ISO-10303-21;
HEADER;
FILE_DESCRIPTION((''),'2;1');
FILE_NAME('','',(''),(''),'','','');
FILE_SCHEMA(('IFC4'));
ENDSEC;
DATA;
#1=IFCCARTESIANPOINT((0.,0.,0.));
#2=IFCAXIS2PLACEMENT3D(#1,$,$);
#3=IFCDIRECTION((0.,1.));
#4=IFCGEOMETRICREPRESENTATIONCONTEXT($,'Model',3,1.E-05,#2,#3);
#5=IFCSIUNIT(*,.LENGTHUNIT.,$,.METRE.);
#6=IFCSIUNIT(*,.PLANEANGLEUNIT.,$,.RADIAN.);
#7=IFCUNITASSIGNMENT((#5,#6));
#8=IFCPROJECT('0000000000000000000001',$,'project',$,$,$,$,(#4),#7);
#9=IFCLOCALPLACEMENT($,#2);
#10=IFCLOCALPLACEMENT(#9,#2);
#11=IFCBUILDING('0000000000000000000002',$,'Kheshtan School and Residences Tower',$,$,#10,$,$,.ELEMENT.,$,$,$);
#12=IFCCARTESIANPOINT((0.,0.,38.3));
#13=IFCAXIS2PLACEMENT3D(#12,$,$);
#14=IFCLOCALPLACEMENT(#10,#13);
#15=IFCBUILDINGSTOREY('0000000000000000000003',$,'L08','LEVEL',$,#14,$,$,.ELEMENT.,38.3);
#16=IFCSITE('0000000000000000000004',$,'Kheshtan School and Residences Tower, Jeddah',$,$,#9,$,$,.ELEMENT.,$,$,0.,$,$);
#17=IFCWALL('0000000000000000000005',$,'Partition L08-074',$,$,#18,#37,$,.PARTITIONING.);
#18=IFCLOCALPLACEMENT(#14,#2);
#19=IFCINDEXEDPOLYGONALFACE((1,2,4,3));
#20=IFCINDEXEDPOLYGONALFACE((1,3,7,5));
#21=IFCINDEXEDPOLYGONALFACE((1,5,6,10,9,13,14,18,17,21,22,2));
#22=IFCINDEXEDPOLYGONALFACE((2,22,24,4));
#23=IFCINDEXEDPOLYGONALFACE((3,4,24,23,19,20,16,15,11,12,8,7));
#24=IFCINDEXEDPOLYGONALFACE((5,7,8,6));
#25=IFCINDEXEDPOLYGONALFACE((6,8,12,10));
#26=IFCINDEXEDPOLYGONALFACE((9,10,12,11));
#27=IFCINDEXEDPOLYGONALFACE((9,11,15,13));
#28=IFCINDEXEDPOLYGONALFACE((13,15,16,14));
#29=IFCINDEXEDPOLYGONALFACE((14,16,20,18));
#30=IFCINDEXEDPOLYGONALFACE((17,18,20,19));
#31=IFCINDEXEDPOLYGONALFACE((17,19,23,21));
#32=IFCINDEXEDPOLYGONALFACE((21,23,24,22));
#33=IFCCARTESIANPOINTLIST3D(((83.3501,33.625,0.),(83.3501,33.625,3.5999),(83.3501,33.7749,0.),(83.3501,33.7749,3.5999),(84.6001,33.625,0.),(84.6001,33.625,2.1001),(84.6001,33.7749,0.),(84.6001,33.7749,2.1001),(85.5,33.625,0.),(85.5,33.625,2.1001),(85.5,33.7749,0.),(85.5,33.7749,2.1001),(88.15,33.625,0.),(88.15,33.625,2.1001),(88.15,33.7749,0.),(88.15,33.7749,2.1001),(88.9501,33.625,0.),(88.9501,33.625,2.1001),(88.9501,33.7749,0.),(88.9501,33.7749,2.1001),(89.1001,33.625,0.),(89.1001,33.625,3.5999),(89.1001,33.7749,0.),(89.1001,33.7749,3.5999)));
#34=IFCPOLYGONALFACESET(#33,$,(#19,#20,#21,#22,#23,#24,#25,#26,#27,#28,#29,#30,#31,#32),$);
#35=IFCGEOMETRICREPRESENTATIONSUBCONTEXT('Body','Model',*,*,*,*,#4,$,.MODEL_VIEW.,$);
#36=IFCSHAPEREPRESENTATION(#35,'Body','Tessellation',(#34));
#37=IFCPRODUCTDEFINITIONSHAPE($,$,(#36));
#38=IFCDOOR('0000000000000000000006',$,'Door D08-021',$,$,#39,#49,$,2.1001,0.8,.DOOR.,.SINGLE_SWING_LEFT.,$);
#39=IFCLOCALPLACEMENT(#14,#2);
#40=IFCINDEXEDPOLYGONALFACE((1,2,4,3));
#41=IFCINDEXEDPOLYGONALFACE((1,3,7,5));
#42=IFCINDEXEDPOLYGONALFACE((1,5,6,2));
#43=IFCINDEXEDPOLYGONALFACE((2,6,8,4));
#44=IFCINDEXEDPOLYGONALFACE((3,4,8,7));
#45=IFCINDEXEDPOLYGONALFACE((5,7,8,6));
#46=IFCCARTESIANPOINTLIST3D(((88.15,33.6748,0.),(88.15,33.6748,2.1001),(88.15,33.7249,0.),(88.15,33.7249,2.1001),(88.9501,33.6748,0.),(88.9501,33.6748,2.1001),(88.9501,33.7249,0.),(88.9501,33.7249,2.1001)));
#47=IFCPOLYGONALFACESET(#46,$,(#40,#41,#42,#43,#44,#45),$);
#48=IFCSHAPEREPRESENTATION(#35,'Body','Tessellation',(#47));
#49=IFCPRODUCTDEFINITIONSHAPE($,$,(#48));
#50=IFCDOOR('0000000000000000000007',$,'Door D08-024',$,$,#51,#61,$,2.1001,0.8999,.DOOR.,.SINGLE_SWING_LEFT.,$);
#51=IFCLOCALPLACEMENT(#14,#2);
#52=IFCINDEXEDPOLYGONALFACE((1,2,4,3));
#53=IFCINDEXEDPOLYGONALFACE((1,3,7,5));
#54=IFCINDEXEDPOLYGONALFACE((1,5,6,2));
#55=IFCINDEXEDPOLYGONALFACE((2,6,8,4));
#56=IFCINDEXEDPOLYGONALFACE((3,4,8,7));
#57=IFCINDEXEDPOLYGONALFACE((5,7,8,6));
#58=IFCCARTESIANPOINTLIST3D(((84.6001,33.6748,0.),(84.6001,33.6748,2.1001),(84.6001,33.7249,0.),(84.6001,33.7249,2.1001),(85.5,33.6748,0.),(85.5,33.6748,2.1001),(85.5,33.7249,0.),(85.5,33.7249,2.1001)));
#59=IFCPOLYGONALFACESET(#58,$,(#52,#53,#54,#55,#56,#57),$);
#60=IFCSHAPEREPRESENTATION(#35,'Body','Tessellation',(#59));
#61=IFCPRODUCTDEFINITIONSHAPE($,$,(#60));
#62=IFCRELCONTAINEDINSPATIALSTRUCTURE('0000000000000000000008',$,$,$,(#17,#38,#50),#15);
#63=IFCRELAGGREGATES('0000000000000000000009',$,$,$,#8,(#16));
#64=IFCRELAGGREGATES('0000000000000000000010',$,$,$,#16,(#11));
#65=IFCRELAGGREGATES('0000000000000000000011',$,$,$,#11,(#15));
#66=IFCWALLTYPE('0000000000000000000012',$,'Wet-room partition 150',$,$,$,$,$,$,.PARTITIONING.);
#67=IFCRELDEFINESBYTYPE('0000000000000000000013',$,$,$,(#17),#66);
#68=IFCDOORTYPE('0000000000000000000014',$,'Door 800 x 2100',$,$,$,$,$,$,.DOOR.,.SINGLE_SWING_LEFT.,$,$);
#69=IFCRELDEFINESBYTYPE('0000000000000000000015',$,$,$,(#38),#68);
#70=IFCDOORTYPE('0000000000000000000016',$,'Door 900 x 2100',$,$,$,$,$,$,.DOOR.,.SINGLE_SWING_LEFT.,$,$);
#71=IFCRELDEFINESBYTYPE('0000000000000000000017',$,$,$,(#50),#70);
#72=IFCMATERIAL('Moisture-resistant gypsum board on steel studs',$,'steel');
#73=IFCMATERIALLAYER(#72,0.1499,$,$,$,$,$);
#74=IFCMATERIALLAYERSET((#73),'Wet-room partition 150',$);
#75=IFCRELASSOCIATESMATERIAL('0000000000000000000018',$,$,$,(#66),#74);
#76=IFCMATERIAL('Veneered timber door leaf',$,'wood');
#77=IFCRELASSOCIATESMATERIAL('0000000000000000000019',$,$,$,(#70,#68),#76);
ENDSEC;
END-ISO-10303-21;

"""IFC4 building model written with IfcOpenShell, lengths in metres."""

from ifc_helpers import new_model, si_unit, direction, frame, frame_2d, origin, place, context, subcontext, project, spatial, rectangle, extrude, source, transform, mapped, material, layer, layer_set, type_object, element, fill, save


model = new_model("IFC4")

# Units and contexts
model_context = context("Model", 3, precision=1e-05, world=origin(), true_north=direction((0.0, 1.0)))
body_context = subcontext(model_context, "Body", "Model", "MODEL_VIEW")
ifc_project = project(units=[si_unit("LENGTHUNIT", "METRE"), si_unit("PLANEANGLEUNIT", "RADIAN")], contexts=[model_context])

# Site, building, storey
site_placement = place(None, origin())
site = spatial("IfcSite", under=ifc_project, at=site_placement, Name="Kheshtan School and Residences Tower, Jeddah", CompositionType="ELEMENT", RefElevation=0.0)
building_placement = place(site_placement, origin())
building = spatial("IfcBuilding", under=site, at=building_placement, Name="Kheshtan School and Residences Tower", CompositionType="ELEMENT")
storey_placement = place(building_placement, frame((0.0, 0.0, 38.3)))
storey = spatial("IfcBuildingStorey", under=building, at=storey_placement, Name="L08", Description="LEVEL", CompositionType="ELEMENT", Elevation=38.3)

# Wall, openings, doors
ifc_material_1 = material(Name="Moisture-resistant gypsum board on steel studs", Category="steel")
ifc_layer_1 = layer(ifc_material_1, 0.1499)
ifc_layer_set_1 = layer_set([ifc_layer_1], Name="Wet-room partition 150")
wall_type_1 = type_object("IfcWallType", Name="Wet-room partition 150", PredefinedType="PARTITIONING", material=ifc_layer_set_1)
ifc_material_2 = material(Name="Veneered timber door leaf", Category="wood")
door_type_1 = type_object("IfcDoorType", Name="Door 900 x 2100", OperationType="SINGLE_SWING_LEFT", PredefinedType="DOOR", material=ifc_material_2)
shared_shape_1 = source(origin(), body_context, "Body", "SweptSolid", [
    extrude(rectangle(XDim=0.8999, YDim=2.1001, at=frame_2d((0.45, 1.05))), frame((0.0, 0.0249, 0.0), z_axis=(0.0, -1.0, 0.0), x_axis=(1.0, 0.0, 0.0)), (0.0, 0.0, 1.0), 0.05),
])
wall_1_placement = place(storey_placement, frame((83.3501, 33.7, 0.0), z_axis=(0.0, 0.0, 1.0), x_axis=(1.0, 0.0, 0.0)))
wall_1 = element("IfcWall", 1, at=wall_1_placement, inside=storey, type_object=wall_type_1, Name="Partition L08-074", PredefinedType="PARTITIONING", context=body_context, shape_type="SweptSolid", body=[
    extrude(rectangle(XDim=5.75, YDim=0.1499, at=frame_2d((2.875, 0.0))), origin(), (0.0, 0.0, 1.0), 3.5999),
])
opening_1_placement = place(wall_1_placement, frame((4.8, 0.0, 0.0)))
opening_1 = element("IfcOpeningElement", 2, at=opening_1_placement, cuts=wall_1, PredefinedType="OPENING", context=body_context, shape_type="SweptSolid", body=[
    extrude(rectangle(XDim=0.8, YDim=2.1001, at=frame_2d((0.3999, 1.05))), frame((0.0, 0.085, 0.0), z_axis=(0.0, -1.0, 0.0), x_axis=(1.0, 0.0, 0.0)), (0.0, 0.0, 1.0), 0.1699),
])
opening_2_placement = place(wall_1_placement, frame((1.25, 0.0, 0.0)))
opening_2 = element("IfcOpeningElement", 3, at=opening_2_placement, cuts=wall_1, PredefinedType="OPENING", context=body_context, shape_type="SweptSolid", body=[
    extrude(rectangle(XDim=0.8999, YDim=2.1001, at=frame_2d((0.45, 1.05))), frame((0.0, 0.085, 0.0), z_axis=(0.0, -1.0, 0.0), x_axis=(1.0, 0.0, 0.0)), (0.0, 0.0, 1.0), 0.1699),
])
door_type_2 = type_object("IfcDoorType", Name="Door 800 x 2100", OperationType="SINGLE_SWING_LEFT", PredefinedType="DOOR", material=ifc_material_2)
shared_shape_2 = source(origin(), body_context, "Body", "SweptSolid", [
    extrude(rectangle(XDim=0.8, YDim=2.1001, at=frame_2d((0.3999, 1.05))), frame((0.0, 0.0249, 0.0), z_axis=(0.0, -1.0, 0.0), x_axis=(1.0, 0.0, 0.0)), (0.0, 0.0, 1.0), 0.05),
])
door_1_placement = place(opening_1_placement, origin())
door_1 = element("IfcDoor", 4, at=door_1_placement, inside=storey, type_object=door_type_2, Name="Door D08-021", OperationType="SINGLE_SWING_LEFT", OverallHeight=2.1001, OverallWidth=0.8, PredefinedType="DOOR", context=body_context, shape_type="MappedRepresentation", body=[
    mapped(shared_shape_2, transform((0.0, 0.0, 0.0), x_axis=(1.0, 0.0, 0.0), y_axis=(0.0, 1.0, 0.0), z_axis=(0.0, 0.0, 1.0), scale=1.0)),
])
fill(opening_1, door_1)
door_2_placement = place(opening_2_placement, origin())
door_2 = element("IfcDoor", 5, at=door_2_placement, inside=storey, type_object=door_type_1, Name="Door D08-024", OperationType="SINGLE_SWING_LEFT", OverallHeight=2.1001, OverallWidth=0.8999, PredefinedType="DOOR", context=body_context, shape_type="MappedRepresentation", body=[
    mapped(shared_shape_1, transform((0.0, 0.0, 0.0), x_axis=(1.0, 0.0, 0.0), y_axis=(0.0, 1.0, 0.0), z_axis=(0.0, 0.0, 1.0), scale=1.0)),
])
fill(opening_2, door_2)

save(model, "model.ifc")
